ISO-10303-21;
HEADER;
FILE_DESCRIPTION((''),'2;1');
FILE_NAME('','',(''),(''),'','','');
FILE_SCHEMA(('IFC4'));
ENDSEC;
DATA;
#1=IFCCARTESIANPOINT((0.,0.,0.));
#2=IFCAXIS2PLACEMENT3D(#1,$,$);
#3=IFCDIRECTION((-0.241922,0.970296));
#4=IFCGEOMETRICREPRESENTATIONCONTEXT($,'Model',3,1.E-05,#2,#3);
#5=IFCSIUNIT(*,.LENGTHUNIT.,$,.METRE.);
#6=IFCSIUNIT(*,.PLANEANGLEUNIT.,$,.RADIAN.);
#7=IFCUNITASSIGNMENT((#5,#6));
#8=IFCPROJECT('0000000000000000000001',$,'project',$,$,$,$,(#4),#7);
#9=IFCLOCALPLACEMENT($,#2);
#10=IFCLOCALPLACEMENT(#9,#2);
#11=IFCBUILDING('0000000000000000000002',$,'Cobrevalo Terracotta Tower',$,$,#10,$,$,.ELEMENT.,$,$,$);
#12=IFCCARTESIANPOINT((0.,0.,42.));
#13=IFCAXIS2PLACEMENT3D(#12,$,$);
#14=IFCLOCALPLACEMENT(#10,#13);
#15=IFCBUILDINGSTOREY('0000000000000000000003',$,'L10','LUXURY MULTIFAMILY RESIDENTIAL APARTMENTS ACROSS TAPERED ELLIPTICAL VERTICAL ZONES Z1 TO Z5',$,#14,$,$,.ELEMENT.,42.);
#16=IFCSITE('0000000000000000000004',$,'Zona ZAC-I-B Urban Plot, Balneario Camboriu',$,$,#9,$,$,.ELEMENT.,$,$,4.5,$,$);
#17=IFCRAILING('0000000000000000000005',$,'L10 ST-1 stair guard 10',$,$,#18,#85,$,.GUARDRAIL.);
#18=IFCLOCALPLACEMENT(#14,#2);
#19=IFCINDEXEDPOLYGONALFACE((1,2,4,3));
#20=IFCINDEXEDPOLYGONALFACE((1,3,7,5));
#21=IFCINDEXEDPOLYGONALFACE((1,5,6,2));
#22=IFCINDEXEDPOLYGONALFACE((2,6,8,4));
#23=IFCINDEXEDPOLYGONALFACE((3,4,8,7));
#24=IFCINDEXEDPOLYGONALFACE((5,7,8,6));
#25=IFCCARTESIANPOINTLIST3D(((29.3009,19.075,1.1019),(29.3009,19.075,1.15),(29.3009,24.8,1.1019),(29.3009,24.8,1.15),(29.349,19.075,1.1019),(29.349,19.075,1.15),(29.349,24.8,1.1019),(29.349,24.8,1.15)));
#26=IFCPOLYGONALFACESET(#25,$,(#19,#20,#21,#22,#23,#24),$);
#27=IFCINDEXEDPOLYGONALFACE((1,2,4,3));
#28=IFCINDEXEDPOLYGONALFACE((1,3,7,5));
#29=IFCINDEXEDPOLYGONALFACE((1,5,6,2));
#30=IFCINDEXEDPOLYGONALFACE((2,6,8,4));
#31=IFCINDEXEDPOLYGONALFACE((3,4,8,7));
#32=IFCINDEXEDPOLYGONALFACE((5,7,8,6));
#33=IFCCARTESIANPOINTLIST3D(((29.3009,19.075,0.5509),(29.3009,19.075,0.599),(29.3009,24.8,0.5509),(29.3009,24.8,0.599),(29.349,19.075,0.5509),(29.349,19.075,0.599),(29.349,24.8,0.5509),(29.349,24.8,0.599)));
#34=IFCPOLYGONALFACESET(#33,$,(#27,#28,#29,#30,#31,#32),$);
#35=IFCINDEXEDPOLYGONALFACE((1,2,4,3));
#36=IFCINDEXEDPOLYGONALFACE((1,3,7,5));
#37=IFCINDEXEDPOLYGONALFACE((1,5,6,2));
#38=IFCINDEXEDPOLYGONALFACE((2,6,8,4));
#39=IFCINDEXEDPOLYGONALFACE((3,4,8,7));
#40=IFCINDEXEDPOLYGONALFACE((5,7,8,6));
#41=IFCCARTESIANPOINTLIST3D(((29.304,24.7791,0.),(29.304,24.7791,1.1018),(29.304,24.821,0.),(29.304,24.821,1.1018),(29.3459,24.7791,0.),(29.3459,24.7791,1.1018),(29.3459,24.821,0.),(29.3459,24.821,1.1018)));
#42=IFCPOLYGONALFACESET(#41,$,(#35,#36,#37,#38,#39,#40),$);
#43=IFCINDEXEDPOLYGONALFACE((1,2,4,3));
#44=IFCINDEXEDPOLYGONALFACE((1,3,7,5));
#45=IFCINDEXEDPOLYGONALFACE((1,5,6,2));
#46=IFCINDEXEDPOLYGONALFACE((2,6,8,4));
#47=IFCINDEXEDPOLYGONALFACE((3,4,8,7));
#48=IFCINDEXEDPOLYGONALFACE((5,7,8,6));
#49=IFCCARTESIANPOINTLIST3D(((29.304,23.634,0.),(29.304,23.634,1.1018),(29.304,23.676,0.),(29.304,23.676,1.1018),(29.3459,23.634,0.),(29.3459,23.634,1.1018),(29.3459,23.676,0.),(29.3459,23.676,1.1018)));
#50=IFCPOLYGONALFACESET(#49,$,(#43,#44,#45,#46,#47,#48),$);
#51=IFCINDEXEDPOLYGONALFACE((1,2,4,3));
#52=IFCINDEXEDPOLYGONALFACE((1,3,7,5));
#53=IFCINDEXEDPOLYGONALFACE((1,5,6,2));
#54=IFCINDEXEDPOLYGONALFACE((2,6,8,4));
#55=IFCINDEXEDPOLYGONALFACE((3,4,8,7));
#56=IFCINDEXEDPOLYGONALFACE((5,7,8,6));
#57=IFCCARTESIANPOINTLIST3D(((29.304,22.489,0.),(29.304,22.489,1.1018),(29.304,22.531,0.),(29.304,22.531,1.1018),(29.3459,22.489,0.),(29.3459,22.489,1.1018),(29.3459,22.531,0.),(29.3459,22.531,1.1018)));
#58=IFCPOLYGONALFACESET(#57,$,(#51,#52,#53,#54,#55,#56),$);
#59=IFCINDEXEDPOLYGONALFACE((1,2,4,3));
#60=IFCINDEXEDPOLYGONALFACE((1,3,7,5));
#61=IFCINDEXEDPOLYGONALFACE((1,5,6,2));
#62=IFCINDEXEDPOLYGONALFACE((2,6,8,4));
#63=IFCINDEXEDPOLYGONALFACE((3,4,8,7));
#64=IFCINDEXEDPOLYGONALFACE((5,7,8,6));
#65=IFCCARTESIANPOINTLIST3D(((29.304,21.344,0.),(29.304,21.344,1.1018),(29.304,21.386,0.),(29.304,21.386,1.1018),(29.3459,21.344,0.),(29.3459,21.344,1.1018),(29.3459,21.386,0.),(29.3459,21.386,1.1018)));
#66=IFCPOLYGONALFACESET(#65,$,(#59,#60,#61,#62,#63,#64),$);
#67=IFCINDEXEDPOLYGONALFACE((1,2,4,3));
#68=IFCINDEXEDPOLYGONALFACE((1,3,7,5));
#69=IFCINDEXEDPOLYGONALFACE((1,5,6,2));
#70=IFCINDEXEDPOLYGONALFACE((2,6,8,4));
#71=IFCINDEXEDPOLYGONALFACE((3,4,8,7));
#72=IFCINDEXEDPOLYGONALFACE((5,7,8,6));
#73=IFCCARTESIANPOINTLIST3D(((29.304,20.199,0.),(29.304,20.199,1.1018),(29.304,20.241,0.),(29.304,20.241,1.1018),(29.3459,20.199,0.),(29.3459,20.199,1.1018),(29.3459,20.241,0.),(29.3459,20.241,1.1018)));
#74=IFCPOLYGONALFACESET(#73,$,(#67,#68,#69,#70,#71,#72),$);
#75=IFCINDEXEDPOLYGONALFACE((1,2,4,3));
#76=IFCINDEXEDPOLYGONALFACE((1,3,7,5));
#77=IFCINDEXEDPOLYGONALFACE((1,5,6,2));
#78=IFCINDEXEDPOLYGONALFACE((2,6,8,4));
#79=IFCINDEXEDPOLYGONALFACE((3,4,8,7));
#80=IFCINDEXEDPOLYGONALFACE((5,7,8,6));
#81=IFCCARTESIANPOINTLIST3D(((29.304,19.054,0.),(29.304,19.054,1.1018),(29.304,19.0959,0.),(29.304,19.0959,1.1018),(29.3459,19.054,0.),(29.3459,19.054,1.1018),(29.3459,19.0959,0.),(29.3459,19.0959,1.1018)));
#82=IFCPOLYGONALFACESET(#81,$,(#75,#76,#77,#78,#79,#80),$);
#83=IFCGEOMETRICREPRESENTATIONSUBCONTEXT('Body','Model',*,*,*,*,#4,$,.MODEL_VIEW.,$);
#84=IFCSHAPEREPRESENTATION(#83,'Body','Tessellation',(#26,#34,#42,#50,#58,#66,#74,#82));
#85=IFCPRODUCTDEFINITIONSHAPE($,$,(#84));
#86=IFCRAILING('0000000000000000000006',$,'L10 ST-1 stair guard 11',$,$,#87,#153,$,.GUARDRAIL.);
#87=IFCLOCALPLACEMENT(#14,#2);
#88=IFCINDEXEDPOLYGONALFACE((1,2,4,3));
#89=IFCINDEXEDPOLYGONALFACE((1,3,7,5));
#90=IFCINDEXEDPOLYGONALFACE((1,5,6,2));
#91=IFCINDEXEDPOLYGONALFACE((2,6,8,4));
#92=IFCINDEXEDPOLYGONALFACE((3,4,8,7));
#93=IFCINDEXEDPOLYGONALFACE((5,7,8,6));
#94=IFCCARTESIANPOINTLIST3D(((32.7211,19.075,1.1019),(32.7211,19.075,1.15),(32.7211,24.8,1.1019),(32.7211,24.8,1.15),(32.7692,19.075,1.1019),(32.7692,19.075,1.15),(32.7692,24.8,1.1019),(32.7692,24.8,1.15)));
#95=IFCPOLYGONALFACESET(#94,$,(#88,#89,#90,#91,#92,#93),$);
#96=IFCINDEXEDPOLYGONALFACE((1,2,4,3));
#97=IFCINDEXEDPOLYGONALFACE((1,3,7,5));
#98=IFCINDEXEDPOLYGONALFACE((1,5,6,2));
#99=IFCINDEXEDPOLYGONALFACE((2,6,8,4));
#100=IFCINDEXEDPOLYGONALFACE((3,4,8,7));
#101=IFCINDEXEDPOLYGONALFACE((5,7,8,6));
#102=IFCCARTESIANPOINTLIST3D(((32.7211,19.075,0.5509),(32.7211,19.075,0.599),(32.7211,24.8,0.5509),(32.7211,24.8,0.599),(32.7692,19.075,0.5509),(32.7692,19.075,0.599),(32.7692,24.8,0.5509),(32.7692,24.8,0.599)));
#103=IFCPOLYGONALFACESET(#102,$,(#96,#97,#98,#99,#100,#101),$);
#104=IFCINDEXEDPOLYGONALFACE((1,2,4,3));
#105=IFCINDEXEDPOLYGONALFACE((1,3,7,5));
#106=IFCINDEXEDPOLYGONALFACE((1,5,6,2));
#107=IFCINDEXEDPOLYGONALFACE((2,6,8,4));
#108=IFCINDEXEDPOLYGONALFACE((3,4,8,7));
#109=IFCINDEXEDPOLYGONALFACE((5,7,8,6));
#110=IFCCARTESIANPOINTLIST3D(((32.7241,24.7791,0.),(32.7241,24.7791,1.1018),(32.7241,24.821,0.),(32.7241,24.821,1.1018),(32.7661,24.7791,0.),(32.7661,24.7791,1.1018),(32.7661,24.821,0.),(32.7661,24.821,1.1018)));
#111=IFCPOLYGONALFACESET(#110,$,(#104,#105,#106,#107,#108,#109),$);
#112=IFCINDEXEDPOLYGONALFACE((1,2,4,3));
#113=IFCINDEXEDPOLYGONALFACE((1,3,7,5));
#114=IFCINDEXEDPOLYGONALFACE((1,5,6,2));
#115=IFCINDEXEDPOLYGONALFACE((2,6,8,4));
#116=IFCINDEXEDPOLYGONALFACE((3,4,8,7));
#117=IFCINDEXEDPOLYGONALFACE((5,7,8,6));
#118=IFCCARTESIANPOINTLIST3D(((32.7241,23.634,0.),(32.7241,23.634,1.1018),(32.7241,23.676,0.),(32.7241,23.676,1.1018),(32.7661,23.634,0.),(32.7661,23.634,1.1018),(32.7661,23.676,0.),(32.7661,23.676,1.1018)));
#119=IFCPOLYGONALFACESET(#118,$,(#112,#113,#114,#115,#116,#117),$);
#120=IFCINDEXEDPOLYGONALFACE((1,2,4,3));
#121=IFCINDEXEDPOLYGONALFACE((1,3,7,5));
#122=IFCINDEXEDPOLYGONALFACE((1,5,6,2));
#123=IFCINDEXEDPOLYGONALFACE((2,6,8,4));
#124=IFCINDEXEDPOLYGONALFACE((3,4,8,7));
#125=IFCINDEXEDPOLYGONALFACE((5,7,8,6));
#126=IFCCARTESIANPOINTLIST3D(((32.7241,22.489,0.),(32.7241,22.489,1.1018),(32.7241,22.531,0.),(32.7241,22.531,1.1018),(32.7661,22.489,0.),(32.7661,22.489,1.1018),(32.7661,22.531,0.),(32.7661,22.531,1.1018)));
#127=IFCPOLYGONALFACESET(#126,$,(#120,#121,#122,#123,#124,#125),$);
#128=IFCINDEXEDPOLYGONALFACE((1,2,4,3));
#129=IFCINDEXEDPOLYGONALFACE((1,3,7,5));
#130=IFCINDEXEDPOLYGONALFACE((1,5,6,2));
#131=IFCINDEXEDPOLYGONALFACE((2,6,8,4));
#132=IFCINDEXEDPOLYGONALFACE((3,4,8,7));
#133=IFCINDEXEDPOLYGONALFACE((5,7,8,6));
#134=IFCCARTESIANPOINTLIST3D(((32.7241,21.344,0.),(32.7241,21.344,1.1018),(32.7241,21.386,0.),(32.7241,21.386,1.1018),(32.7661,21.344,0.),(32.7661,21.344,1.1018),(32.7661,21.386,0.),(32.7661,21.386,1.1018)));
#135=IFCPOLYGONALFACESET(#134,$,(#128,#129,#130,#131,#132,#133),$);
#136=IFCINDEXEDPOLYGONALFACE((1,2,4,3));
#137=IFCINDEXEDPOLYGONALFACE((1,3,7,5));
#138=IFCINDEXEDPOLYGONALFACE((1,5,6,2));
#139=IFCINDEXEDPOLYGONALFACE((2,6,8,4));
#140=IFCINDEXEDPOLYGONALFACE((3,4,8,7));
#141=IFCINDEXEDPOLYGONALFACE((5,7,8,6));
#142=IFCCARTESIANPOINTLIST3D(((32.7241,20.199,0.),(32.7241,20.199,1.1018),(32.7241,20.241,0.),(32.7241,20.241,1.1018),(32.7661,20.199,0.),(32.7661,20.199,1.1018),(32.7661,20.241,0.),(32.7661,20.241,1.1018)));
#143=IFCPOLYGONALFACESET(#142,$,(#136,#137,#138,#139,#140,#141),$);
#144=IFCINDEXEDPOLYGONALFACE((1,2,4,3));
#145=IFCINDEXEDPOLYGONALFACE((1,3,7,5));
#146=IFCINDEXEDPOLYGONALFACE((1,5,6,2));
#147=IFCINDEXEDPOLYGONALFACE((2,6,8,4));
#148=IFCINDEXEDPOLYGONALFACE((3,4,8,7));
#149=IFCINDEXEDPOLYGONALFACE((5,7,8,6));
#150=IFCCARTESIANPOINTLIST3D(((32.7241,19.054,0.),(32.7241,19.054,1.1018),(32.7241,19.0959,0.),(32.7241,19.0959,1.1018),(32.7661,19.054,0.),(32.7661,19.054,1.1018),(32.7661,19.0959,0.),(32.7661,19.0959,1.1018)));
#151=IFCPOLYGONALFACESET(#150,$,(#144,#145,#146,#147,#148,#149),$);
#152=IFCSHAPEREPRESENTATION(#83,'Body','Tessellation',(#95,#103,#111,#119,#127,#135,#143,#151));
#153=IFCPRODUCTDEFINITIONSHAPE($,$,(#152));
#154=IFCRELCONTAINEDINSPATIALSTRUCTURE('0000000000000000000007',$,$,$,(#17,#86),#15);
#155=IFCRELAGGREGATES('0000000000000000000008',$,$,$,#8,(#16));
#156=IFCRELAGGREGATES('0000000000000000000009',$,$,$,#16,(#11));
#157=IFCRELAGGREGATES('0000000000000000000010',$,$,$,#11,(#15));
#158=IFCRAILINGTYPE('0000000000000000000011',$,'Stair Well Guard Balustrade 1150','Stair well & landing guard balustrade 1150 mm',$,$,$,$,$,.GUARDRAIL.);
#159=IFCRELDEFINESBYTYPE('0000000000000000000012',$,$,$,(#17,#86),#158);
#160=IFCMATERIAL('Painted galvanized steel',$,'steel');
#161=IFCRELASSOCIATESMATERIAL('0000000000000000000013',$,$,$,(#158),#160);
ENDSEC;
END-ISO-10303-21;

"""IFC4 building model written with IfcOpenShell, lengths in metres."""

from ifc_helpers import new_model, si_unit, direction, frame, origin, origin_2d, place, context, subcontext, project, spatial, rectangle, extrude, material, type_object, element, save


model = new_model("IFC4")

# Units and contexts
model_context = context("Model", 3, precision=1e-05, world=origin(), true_north=direction((-0.241922, 0.970296)))
body_context = subcontext(model_context, "Body", "Model", "MODEL_VIEW")
ifc_project = project(units=[si_unit("LENGTHUNIT", "METRE"), si_unit("PLANEANGLEUNIT", "RADIAN")], contexts=[model_context])

# Site, building, storey
site_placement = place(None, origin())
site = spatial("IfcSite", under=ifc_project, at=site_placement, Name="Zona ZAC-I-B Urban Plot, Balneario Camboriu", CompositionType="ELEMENT", RefElevation=4.5)
building_placement = place(site_placement, origin())
building = spatial("IfcBuilding", under=site, at=building_placement, Name="Cobrevalo Terracotta Tower", CompositionType="ELEMENT")
storey_placement = place(building_placement, frame((0.0, 0.0, 42.0)))
storey = spatial("IfcBuildingStorey", under=building, at=storey_placement, Name="L10", Description="LUXURY MULTIFAMILY RESIDENTIAL APARTMENTS ACROSS TAPERED ELLIPTICAL VERTICAL ZONES Z1 TO Z5", CompositionType="ELEMENT", Elevation=42.0)

# Railings
ifc_material_1 = material(Name="Painted galvanized steel", Category="steel")
railing_type_1 = type_object("IfcRailingType", Name="Stair Well Guard Balustrade 1150", Description="Stair well & landing guard balustrade 1150 mm", PredefinedType="GUARDRAIL", material=ifc_material_1)
for number, where, name in (
    (1, (29.325, 24.8, 0.0), "L10 ST-1 stair guard 10"),
    (2, (32.7451, 24.8, 0.0), "L10 ST-1 stair guard 11"),
):
    element("IfcRailing", number, at=place(storey_placement, frame(where)), inside=storey, type_object=railing_type_1, Name=name, PredefinedType="GUARDRAIL", context=body_context, shape_type="SweptSolid", body=[
        extrude(rectangle(XDim=0.0481, YDim=0.0481, at=origin_2d()), frame((0.0, 0.0, 1.126), z_axis=(0.0, -1.0, 0.0), x_axis=(1.0, 0.0, 0.0)), (0.0, 0.0, 1.0), 5.7251),
        extrude(rectangle(XDim=0.0481, YDim=0.0481, at=origin_2d()), frame((0.0, 0.0, 0.575), z_axis=(0.0, -1.0, 0.0), x_axis=(1.0, 0.0, 0.0)), (0.0, 0.0, 1.0), 5.7251),
        extrude(rectangle(XDim=0.042, YDim=0.042, at=origin_2d()), origin(), (0.0, 0.0, 1.0), 1.1018),
        extrude(rectangle(XDim=0.042, YDim=0.042, at=origin_2d()), frame((0.0, -1.145, 0.0)), (0.0, 0.0, 1.0), 1.1018),
        extrude(rectangle(XDim=0.042, YDim=0.042, at=origin_2d()), frame((0.0, -2.29, 0.0)), (0.0, 0.0, 1.0), 1.1018),
        extrude(rectangle(XDim=0.042, YDim=0.042, at=origin_2d()), frame((0.0, -3.4351, 0.0)), (0.0, 0.0, 1.0), 1.1018),
        extrude(rectangle(XDim=0.042, YDim=0.042, at=origin_2d()), frame((0.0, -4.5801, 0.0)), (0.0, 0.0, 1.0), 1.1018),
        extrude(rectangle(XDim=0.042, YDim=0.042, at=origin_2d()), frame((0.0, -5.7251, 0.0)), (0.0, 0.0, 1.0), 1.1018),
    ])

save(model, "model.ifc")
